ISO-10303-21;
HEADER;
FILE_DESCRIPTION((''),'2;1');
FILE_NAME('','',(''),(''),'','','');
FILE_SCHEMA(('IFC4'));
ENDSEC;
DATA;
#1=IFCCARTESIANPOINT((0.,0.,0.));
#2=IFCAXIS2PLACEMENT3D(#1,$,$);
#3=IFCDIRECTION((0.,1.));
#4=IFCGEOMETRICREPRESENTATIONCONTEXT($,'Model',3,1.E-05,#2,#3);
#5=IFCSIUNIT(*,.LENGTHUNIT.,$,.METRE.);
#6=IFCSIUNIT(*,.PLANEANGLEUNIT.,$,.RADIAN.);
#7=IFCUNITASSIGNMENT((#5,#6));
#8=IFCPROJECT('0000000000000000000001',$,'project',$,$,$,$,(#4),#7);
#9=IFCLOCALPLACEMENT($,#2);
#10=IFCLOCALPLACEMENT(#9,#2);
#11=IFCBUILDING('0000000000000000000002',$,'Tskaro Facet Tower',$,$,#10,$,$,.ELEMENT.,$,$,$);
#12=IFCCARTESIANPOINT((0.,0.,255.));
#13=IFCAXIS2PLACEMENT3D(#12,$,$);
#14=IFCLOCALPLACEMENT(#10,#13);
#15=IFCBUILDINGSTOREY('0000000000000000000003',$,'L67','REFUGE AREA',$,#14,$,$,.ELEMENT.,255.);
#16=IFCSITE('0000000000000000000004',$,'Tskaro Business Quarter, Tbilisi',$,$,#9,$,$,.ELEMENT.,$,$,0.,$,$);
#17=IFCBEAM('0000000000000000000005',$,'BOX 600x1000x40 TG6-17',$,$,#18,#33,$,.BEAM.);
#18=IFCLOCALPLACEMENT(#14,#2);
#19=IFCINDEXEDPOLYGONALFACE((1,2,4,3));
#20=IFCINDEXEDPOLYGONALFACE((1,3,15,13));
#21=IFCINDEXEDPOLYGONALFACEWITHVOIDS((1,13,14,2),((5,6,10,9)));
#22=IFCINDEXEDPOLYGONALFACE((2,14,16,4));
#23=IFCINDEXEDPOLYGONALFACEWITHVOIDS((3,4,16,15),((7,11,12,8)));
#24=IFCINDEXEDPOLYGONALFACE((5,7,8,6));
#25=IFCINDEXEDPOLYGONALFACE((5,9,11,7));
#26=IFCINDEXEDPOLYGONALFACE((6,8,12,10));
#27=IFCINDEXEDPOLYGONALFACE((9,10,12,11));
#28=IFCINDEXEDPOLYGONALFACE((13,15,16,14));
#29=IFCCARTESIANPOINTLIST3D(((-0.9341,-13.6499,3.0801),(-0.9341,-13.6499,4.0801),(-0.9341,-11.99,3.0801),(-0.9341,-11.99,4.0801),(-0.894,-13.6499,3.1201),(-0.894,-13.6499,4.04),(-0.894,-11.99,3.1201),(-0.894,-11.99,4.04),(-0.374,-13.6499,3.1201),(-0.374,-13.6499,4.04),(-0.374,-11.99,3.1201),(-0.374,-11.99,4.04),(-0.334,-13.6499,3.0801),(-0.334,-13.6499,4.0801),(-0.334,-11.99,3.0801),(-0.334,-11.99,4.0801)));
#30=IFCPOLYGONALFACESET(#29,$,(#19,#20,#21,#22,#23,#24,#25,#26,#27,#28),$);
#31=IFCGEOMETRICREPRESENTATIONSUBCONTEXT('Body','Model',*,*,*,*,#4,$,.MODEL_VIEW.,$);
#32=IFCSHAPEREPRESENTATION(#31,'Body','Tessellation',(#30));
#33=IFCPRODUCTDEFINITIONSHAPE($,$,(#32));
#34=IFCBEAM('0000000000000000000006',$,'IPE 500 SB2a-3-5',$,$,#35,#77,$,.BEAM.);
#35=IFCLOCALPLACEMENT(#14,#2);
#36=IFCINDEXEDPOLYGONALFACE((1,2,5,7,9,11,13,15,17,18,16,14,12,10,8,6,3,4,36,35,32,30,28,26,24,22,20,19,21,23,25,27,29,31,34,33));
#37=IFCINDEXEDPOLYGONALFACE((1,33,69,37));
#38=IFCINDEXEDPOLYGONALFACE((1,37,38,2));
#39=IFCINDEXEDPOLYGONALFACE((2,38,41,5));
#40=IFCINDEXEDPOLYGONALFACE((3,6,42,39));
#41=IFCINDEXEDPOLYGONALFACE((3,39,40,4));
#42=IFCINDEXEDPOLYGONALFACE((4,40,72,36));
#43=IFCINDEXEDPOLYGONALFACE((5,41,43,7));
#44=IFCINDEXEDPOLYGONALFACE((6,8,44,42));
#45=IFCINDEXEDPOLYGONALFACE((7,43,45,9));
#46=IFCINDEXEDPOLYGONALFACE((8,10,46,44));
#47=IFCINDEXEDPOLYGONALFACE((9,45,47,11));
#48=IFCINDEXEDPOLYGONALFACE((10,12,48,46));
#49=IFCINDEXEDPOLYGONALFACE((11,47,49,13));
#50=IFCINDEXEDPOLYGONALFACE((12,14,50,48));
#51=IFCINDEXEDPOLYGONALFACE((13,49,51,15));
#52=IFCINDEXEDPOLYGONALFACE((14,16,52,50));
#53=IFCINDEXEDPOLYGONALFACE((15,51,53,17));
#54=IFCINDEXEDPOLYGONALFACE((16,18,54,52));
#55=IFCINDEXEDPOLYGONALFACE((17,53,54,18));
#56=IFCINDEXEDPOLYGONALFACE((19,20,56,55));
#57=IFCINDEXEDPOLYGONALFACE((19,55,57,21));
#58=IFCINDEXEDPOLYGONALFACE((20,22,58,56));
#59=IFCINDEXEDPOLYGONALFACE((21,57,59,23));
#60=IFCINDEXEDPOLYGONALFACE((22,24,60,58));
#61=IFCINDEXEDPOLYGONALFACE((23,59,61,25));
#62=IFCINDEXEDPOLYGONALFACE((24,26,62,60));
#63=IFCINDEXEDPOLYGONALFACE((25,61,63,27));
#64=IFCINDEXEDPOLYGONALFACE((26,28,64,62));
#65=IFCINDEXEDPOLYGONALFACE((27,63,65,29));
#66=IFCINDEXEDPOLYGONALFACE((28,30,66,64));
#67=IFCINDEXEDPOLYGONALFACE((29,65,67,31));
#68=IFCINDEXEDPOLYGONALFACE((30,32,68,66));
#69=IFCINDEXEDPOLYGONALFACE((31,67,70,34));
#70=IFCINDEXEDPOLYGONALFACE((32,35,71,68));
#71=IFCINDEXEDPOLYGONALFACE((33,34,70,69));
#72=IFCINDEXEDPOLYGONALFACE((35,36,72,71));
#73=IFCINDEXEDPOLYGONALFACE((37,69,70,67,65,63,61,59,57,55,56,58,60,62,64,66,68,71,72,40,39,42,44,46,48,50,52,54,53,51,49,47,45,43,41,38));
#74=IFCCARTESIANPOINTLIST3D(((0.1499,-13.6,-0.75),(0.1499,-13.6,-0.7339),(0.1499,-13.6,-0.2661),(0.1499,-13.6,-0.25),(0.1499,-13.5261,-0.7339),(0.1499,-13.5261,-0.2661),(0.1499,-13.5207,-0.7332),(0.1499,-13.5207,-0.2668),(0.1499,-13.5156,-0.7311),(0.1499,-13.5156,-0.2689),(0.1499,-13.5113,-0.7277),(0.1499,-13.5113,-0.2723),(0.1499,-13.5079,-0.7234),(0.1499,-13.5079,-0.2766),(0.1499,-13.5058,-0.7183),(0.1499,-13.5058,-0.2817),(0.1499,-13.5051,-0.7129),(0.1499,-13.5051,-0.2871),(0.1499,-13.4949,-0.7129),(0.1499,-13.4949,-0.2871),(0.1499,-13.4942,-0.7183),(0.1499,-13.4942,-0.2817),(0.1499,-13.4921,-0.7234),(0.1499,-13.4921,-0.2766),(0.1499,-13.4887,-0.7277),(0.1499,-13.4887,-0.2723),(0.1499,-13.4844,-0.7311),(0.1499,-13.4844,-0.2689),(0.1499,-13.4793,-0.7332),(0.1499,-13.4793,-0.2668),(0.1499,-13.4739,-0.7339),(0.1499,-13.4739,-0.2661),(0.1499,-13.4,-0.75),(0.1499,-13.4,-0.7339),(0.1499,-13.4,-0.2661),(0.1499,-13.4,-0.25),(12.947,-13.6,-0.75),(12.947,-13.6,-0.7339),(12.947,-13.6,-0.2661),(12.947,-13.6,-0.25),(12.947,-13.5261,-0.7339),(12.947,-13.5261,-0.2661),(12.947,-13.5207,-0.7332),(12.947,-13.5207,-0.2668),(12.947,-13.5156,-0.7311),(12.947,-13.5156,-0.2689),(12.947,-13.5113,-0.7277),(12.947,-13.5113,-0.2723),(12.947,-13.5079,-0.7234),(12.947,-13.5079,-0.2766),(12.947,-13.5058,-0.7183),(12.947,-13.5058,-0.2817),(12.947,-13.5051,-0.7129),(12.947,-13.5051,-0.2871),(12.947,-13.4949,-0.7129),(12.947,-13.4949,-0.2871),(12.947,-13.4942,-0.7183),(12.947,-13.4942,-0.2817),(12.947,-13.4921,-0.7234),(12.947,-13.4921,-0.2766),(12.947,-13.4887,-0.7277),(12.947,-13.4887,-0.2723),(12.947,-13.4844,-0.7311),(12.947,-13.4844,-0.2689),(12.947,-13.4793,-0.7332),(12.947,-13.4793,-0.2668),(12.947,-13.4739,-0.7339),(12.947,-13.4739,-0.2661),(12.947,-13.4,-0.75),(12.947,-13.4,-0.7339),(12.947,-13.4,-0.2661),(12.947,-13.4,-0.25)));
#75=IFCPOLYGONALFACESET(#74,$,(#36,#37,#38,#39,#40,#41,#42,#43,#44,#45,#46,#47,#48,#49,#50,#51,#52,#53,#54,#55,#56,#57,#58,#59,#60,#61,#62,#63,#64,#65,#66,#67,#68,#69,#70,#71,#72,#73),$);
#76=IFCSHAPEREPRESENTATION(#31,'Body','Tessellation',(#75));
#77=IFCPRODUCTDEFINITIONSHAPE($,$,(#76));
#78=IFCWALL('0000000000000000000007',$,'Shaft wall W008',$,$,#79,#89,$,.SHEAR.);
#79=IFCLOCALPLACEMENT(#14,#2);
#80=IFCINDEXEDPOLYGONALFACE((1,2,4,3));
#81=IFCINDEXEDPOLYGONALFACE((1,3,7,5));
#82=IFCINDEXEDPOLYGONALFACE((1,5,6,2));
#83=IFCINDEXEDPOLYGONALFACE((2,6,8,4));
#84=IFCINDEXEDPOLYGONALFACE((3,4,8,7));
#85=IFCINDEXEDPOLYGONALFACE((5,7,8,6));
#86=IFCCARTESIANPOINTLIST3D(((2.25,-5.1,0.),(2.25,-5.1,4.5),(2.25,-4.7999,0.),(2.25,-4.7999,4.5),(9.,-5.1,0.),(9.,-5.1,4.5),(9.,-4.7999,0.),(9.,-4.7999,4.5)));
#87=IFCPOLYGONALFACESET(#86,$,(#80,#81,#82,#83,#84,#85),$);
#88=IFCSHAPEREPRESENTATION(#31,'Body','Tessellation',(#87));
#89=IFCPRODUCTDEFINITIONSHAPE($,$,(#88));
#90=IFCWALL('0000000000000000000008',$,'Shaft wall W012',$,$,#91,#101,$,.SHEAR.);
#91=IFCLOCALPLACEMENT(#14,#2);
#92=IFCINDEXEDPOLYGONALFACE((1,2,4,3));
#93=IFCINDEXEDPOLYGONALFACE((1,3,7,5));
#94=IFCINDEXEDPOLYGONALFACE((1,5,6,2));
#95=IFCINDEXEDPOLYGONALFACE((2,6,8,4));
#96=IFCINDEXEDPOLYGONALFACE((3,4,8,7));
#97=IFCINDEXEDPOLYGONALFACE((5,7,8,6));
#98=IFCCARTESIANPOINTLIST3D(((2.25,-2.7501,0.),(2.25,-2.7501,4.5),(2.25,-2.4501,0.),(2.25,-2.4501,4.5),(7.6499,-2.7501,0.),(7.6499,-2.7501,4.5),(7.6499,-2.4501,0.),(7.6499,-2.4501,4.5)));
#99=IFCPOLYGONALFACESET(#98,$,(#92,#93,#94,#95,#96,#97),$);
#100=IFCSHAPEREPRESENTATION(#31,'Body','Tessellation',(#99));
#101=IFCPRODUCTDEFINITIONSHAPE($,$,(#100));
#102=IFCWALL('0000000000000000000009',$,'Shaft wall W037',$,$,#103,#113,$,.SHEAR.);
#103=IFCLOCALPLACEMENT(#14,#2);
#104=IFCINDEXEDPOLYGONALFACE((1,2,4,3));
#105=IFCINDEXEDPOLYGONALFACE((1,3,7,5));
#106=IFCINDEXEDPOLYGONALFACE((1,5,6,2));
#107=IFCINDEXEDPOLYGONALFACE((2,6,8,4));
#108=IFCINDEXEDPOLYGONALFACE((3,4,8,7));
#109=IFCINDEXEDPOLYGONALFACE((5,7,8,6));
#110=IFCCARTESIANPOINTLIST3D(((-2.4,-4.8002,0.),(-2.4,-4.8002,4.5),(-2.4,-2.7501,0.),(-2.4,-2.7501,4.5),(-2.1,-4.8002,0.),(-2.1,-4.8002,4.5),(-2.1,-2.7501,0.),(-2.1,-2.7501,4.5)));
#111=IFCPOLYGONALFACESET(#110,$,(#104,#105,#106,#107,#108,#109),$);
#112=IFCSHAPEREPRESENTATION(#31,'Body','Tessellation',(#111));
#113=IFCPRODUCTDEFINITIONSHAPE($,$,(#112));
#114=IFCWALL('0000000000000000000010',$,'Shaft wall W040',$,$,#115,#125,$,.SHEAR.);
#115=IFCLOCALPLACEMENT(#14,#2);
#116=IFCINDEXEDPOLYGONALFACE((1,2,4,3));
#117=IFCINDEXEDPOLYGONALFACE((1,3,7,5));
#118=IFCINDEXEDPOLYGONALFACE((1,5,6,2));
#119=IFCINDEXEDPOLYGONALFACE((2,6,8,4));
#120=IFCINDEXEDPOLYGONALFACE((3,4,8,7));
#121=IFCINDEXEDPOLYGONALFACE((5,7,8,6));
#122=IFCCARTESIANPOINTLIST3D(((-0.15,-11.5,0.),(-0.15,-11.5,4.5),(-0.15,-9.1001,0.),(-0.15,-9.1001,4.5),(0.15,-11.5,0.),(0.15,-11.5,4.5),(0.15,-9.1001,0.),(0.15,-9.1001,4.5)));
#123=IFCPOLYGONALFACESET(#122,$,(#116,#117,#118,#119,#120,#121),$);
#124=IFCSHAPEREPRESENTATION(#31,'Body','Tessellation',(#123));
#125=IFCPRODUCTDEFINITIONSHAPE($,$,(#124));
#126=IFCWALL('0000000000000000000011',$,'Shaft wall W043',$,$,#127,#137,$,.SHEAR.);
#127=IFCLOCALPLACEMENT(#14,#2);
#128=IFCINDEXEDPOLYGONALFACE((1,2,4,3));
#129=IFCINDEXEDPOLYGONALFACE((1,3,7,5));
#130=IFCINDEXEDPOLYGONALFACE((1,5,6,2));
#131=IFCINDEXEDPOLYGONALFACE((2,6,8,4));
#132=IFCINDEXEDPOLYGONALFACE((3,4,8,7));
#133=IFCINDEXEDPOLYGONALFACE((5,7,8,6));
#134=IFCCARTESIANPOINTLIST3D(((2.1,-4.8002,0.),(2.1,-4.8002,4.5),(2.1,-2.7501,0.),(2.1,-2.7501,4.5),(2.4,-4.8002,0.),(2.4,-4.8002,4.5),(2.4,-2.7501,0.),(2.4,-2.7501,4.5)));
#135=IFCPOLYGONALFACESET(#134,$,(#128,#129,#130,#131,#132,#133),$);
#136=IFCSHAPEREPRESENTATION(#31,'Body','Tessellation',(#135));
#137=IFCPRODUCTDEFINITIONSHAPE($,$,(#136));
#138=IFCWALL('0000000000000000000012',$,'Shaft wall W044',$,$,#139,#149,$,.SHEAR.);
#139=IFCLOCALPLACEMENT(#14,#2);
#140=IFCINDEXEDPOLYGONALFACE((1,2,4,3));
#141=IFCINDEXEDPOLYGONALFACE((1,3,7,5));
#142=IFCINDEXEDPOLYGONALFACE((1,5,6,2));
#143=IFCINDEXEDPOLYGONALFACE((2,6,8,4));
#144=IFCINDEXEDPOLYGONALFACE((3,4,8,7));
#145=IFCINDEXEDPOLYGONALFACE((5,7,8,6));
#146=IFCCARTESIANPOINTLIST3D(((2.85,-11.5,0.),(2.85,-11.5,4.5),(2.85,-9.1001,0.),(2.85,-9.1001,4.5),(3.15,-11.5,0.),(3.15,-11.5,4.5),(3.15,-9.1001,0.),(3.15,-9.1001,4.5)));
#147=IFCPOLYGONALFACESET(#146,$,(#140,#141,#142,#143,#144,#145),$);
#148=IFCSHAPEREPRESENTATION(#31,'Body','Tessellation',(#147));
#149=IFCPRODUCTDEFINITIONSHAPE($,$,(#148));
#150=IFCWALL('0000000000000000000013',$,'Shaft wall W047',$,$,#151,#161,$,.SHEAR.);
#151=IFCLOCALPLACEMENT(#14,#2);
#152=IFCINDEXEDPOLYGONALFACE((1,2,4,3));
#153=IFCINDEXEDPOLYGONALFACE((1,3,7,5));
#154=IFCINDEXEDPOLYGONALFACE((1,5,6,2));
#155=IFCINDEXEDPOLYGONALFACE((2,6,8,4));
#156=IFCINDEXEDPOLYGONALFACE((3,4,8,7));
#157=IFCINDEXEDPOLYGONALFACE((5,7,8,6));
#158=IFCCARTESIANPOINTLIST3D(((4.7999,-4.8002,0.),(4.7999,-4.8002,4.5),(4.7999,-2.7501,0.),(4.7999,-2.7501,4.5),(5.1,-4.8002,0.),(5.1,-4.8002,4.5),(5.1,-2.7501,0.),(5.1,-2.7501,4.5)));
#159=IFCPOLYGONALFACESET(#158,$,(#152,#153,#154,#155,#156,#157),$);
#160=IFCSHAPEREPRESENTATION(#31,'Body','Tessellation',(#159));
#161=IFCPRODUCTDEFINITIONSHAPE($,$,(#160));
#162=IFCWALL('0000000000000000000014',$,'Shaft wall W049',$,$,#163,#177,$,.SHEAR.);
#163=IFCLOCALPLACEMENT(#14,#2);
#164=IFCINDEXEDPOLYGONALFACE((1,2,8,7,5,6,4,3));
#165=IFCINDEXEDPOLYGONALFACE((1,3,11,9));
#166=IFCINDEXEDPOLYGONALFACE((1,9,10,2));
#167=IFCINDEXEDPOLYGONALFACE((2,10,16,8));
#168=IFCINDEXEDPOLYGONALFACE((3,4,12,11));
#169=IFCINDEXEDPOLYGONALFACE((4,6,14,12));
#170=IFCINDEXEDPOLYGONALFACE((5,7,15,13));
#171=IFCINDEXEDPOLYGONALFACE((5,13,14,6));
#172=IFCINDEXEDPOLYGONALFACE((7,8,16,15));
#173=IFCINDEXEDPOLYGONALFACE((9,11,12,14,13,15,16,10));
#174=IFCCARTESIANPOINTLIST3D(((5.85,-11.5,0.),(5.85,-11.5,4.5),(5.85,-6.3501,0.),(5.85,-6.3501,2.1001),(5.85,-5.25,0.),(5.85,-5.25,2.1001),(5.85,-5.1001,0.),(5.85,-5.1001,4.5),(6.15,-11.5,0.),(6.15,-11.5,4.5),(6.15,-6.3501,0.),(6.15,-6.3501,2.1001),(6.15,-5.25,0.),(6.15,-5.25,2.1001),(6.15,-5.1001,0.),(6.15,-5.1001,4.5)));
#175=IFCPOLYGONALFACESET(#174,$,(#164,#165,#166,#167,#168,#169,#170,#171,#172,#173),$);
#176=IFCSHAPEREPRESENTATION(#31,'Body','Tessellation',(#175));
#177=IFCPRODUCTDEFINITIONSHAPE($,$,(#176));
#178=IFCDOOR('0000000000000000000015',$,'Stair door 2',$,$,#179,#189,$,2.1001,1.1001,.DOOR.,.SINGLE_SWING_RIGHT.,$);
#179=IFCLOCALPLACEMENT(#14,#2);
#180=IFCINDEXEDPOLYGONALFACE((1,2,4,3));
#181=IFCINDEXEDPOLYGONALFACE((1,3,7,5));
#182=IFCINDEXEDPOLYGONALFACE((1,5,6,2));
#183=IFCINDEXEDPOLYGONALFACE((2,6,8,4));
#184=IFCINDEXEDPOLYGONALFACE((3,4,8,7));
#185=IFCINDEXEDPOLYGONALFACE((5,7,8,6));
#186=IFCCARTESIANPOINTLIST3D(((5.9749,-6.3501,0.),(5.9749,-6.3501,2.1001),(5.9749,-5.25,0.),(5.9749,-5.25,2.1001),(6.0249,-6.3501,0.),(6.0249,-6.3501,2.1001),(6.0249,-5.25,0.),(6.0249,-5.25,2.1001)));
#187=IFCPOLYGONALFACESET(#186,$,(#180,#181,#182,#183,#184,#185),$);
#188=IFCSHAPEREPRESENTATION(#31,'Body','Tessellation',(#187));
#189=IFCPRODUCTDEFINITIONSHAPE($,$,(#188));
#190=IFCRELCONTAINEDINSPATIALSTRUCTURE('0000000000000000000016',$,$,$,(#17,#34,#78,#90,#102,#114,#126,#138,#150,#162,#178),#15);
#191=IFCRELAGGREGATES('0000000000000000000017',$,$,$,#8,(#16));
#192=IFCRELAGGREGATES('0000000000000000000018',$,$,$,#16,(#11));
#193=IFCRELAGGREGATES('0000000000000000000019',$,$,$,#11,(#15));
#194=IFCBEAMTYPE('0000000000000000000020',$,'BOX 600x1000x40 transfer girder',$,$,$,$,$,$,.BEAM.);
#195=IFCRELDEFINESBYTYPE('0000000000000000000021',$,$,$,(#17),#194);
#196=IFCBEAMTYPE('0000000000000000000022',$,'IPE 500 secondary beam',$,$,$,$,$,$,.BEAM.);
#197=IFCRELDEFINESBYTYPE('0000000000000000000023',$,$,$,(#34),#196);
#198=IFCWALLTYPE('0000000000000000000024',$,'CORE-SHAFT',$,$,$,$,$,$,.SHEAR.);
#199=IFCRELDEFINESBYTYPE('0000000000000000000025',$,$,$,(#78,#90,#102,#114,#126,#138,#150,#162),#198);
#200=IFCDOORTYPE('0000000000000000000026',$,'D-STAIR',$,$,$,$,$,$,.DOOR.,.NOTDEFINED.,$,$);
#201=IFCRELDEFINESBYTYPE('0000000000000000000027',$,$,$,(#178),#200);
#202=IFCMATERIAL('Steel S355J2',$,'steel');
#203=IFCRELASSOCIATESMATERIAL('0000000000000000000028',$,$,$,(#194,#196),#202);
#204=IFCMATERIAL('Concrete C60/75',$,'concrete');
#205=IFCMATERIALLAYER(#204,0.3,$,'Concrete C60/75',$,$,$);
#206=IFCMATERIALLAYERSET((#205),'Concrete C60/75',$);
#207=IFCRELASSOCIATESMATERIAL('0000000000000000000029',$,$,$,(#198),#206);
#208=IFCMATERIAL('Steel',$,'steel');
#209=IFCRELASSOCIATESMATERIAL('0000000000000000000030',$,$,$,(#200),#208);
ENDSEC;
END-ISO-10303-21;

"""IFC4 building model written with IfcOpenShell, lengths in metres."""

from ifc_helpers import new_model, si_unit, direction, frame, frame_2d, origin, origin_2d, place, context, subcontext, project, spatial, rectangle, hollow_rectangle, i_section, extrude, material, layer, layer_set, material_profile, profile_set, type_object, element, fill, save


model = new_model("IFC4")

# Units and contexts
model_context = context("Model", 3, precision=1e-05, world=origin(), true_north=direction((0.0, 1.0)))
body_context = subcontext(model_context, "Body", "Model", "MODEL_VIEW")
ifc_project = project(units=[si_unit("LENGTHUNIT", "METRE"), si_unit("PLANEANGLEUNIT", "RADIAN")], contexts=[model_context])

# Site, building, storey
site_placement = place(None, origin())
site = spatial("IfcSite", under=ifc_project, at=site_placement, Name="Tskaro Business Quarter, Tbilisi", CompositionType="ELEMENT", RefElevation=0.0)
building_placement = place(site_placement, origin())
building = spatial("IfcBuilding", under=site, at=building_placement, Name="Tskaro Facet Tower", CompositionType="ELEMENT")
storey_placement = place(building_placement, frame((0.0, 0.0, 255.0)))
storey = spatial("IfcBuildingStorey", under=building, at=storey_placement, Name="L67", Description="REFUGE AREA", CompositionType="ELEMENT", Elevation=255.0)

# Beams
ifc_material_1 = material(Name="Steel S355J2", Category="steel")
ifc_material_profile_1 = material_profile(ifc_material_1, hollow_rectangle(XDim=0.6001, YDim=1.0, WallThickness=0.04, at=origin_2d()), Name="BOX 600x1000x40")
ifc_profile_set_1 = profile_set([ifc_material_profile_1], Name="Steel S355J2")
beam_type_1 = type_object("IfcBeamType", Name="BOX 600x1000x40 transfer girder", PredefinedType="BEAM", material=ifc_profile_set_1)
beam_1_placement = place(storey_placement, frame((-0.634, -13.6499, 3.5801), z_axis=(0.0, 1.0, 0.0), x_axis=(-1.0, 0.0, 0.0)))
element("IfcBeam", 1, at=beam_1_placement, inside=storey, type_object=beam_type_1, Name="BOX 600x1000x40 TG6-17", PredefinedType="BEAM", context=body_context, shape_type="SweptSolid", body=[
    extrude(hollow_rectangle(XDim=0.6001, YDim=1.0, WallThickness=0.04, at=origin_2d()), origin(), (0.0, 0.0, 1.0), 1.6599),
])
ifc_material_profile_2 = material_profile(ifc_material_1, i_section(OverallWidth=0.2, OverallDepth=0.5, WebThickness=0.0103, FlangeThickness=0.0161, FilletRadius=0.021, at=origin_2d()), Name="IPE 500")
ifc_profile_set_2 = profile_set([ifc_material_profile_2], Name="Steel S355J2")
beam_type_2 = type_object("IfcBeamType", Name="IPE 500 secondary beam", PredefinedType="BEAM", material=ifc_profile_set_2)
beam_2_placement = place(storey_placement, frame((0.1499, -13.5, -0.5), z_axis=(1.0, 0.0, 0.0), x_axis=(0.0, 1.0, 0.0)))
element("IfcBeam", 2, at=beam_2_placement, inside=storey, type_object=beam_type_2, Name="IPE 500 SB2a-3-5", PredefinedType="BEAM", context=body_context, shape_type="SweptSolid", body=[
    extrude(i_section(OverallWidth=0.2, OverallDepth=0.5, WebThickness=0.0103, FlangeThickness=0.0161, FilletRadius=0.021, at=origin_2d()), origin(), (0.0, 0.0, 1.0), 12.7971),
])

# Walls
ifc_material_2 = material(Name="Concrete C60/75", Category="concrete")
ifc_layer_1 = layer(ifc_material_2, 0.3, Name="Concrete C60/75")
ifc_layer_set_1 = layer_set([ifc_layer_1], Name="Concrete C60/75")
wall_type_1 = type_object("IfcWallType", Name="CORE-SHAFT", PredefinedType="SHEAR", material=ifc_layer_set_1)
wall_1_placement = place(storey_placement, frame((2.25, -4.95, 0.0), z_axis=(0.0, 0.0, 1.0), x_axis=(1.0, 0.0, 0.0)))
element("IfcWall", 3, at=wall_1_placement, inside=storey, type_object=wall_type_1, Name="Shaft wall W008", PredefinedType="SHEAR", context=body_context, shape_type="SweptSolid", body=[
    extrude(rectangle(XDim=6.75, YDim=0.3, at=frame_2d((3.375, 0.0))), origin(), (0.0, 0.0, 1.0), 4.5),
])
wall_2_placement = place(storey_placement, frame((2.25, -2.6001, 0.0), z_axis=(0.0, 0.0, 1.0), x_axis=(1.0, 0.0, 0.0)))
element("IfcWall", 4, at=wall_2_placement, inside=storey, type_object=wall_type_1, Name="Shaft wall W012", PredefinedType="SHEAR", context=body_context, shape_type="SweptSolid", body=[
    extrude(rectangle(XDim=5.3999, YDim=0.3, at=frame_2d((2.7, 0.0))), origin(), (0.0, 0.0, 1.0), 4.5),
])
wall_3_placement = place(storey_placement, frame((-2.25, -4.8, 0.0), z_axis=(0.0, 0.0, 1.0), x_axis=(0.0, 1.0, 0.0)))
element("IfcWall", 5, at=wall_3_placement, inside=storey, type_object=wall_type_1, Name="Shaft wall W037", PredefinedType="SHEAR", context=body_context, shape_type="SweptSolid", body=[
    extrude(rectangle(XDim=2.05, YDim=0.3, at=frame_2d((1.0249, 0.0))), origin(), (0.0, 0.0, 1.0), 4.5),
])
wall_4_placement = place(storey_placement, frame((0.0, -11.5, 0.0), z_axis=(0.0, 0.0, 1.0), x_axis=(0.0, 1.0, 0.0)))
element("IfcWall", 6, at=wall_4_placement, inside=storey, type_object=wall_type_1, Name="Shaft wall W040", PredefinedType="SHEAR", context=body_context, shape_type="SweptSolid", body=[
    extrude(rectangle(XDim=2.3999, YDim=0.3, at=frame_2d((1.2, 0.0))), origin(), (0.0, 0.0, 1.0), 4.5),
])
wall_5_placement = place(storey_placement, frame((2.25, -4.8, 0.0), z_axis=(0.0, 0.0, 1.0), x_axis=(0.0, 1.0, 0.0)))
element("IfcWall", 7, at=wall_5_placement, inside=storey, type_object=wall_type_1, Name="Shaft wall W043", PredefinedType="SHEAR", context=body_context, shape_type="SweptSolid", body=[
    extrude(rectangle(XDim=2.05, YDim=0.3, at=frame_2d((1.0249, 0.0))), origin(), (0.0, 0.0, 1.0), 4.5),
])
wall_6_placement = place(storey_placement, frame((3.0, -11.5, 0.0), z_axis=(0.0, 0.0, 1.0), x_axis=(0.0, 1.0, 0.0)))
element("IfcWall", 8, at=wall_6_placement, inside=storey, type_object=wall_type_1, Name="Shaft wall W044", PredefinedType="SHEAR", context=body_context, shape_type="SweptSolid", body=[
    extrude(rectangle(XDim=2.3999, YDim=0.3, at=frame_2d((1.2, 0.0))), origin(), (0.0, 0.0, 1.0), 4.5),
])
wall_7_placement = place(storey_placement, frame((4.95, -4.8, 0.0), z_axis=(0.0, 0.0, 1.0), x_axis=(0.0, 1.0, 0.0)))
element("IfcWall", 9, at=wall_7_placement, inside=storey, type_object=wall_type_1, Name="Shaft wall W047", PredefinedType="SHEAR", context=body_context, shape_type="SweptSolid", body=[
    extrude(rectangle(XDim=2.05, YDim=0.3, at=frame_2d((1.0249, 0.0))), origin(), (0.0, 0.0, 1.0), 4.5),
])

# Wall, opening, door
wall_8_placement = place(storey_placement, frame((6.0, -5.1001, 0.0), z_axis=(0.0, 0.0, 1.0), x_axis=(0.0, -1.0, 0.0)))
wall_8 = element("IfcWall", 10, at=wall_8_placement, inside=storey, type_object=wall_type_1, Name="Shaft wall W049", PredefinedType="SHEAR", context=body_context, shape_type="SweptSolid", body=[
    extrude(rectangle(XDim=6.3999, YDim=0.3, at=frame_2d((3.2, 0.0))), origin(), (0.0, 0.0, 1.0), 4.5),
])
opening_1_placement = place(wall_8_placement, frame((0.1499, 0.0, 0.0)))
opening_1 = element("IfcOpeningElement", 11, at=opening_1_placement, cuts=wall_8, PredefinedType="OPENING", context=body_context, shape_type="SweptSolid", body=[
    extrude(rectangle(XDim=1.1001, YDim=2.1001, at=frame_2d((0.55, 1.05))), frame((0.0, 0.1599, 0.0), z_axis=(0.0, -1.0, 0.0), x_axis=(1.0, 0.0, 0.0)), (0.0, 0.0, 1.0), 0.3201),
])
ifc_material_3 = material(Name="Steel", Category="steel")
door_type_1 = type_object("IfcDoorType", Name="D-STAIR", OperationType="NOTDEFINED", PredefinedType="DOOR", material=ifc_material_3)
door_1_placement = place(opening_1_placement, origin())
door_1 = element("IfcDoor", 12, at=door_1_placement, inside=storey, type_object=door_type_1, Name="Stair door 2", OperationType="SINGLE_SWING_RIGHT", OverallHeight=2.1001, OverallWidth=1.1001, PredefinedType="DOOR", context=body_context, shape_type="SweptSolid", body=[
    extrude(rectangle(XDim=1.1001, YDim=2.1001, at=frame_2d((0.55, 1.05))), frame((0.0, 0.0249, 0.0), z_axis=(0.0, -1.0, 0.0), x_axis=(1.0, 0.0, 0.0)), (0.0, 0.0, 1.0), 0.05),
])
fill(opening_1, door_1)

save(model, "model.ifc")
